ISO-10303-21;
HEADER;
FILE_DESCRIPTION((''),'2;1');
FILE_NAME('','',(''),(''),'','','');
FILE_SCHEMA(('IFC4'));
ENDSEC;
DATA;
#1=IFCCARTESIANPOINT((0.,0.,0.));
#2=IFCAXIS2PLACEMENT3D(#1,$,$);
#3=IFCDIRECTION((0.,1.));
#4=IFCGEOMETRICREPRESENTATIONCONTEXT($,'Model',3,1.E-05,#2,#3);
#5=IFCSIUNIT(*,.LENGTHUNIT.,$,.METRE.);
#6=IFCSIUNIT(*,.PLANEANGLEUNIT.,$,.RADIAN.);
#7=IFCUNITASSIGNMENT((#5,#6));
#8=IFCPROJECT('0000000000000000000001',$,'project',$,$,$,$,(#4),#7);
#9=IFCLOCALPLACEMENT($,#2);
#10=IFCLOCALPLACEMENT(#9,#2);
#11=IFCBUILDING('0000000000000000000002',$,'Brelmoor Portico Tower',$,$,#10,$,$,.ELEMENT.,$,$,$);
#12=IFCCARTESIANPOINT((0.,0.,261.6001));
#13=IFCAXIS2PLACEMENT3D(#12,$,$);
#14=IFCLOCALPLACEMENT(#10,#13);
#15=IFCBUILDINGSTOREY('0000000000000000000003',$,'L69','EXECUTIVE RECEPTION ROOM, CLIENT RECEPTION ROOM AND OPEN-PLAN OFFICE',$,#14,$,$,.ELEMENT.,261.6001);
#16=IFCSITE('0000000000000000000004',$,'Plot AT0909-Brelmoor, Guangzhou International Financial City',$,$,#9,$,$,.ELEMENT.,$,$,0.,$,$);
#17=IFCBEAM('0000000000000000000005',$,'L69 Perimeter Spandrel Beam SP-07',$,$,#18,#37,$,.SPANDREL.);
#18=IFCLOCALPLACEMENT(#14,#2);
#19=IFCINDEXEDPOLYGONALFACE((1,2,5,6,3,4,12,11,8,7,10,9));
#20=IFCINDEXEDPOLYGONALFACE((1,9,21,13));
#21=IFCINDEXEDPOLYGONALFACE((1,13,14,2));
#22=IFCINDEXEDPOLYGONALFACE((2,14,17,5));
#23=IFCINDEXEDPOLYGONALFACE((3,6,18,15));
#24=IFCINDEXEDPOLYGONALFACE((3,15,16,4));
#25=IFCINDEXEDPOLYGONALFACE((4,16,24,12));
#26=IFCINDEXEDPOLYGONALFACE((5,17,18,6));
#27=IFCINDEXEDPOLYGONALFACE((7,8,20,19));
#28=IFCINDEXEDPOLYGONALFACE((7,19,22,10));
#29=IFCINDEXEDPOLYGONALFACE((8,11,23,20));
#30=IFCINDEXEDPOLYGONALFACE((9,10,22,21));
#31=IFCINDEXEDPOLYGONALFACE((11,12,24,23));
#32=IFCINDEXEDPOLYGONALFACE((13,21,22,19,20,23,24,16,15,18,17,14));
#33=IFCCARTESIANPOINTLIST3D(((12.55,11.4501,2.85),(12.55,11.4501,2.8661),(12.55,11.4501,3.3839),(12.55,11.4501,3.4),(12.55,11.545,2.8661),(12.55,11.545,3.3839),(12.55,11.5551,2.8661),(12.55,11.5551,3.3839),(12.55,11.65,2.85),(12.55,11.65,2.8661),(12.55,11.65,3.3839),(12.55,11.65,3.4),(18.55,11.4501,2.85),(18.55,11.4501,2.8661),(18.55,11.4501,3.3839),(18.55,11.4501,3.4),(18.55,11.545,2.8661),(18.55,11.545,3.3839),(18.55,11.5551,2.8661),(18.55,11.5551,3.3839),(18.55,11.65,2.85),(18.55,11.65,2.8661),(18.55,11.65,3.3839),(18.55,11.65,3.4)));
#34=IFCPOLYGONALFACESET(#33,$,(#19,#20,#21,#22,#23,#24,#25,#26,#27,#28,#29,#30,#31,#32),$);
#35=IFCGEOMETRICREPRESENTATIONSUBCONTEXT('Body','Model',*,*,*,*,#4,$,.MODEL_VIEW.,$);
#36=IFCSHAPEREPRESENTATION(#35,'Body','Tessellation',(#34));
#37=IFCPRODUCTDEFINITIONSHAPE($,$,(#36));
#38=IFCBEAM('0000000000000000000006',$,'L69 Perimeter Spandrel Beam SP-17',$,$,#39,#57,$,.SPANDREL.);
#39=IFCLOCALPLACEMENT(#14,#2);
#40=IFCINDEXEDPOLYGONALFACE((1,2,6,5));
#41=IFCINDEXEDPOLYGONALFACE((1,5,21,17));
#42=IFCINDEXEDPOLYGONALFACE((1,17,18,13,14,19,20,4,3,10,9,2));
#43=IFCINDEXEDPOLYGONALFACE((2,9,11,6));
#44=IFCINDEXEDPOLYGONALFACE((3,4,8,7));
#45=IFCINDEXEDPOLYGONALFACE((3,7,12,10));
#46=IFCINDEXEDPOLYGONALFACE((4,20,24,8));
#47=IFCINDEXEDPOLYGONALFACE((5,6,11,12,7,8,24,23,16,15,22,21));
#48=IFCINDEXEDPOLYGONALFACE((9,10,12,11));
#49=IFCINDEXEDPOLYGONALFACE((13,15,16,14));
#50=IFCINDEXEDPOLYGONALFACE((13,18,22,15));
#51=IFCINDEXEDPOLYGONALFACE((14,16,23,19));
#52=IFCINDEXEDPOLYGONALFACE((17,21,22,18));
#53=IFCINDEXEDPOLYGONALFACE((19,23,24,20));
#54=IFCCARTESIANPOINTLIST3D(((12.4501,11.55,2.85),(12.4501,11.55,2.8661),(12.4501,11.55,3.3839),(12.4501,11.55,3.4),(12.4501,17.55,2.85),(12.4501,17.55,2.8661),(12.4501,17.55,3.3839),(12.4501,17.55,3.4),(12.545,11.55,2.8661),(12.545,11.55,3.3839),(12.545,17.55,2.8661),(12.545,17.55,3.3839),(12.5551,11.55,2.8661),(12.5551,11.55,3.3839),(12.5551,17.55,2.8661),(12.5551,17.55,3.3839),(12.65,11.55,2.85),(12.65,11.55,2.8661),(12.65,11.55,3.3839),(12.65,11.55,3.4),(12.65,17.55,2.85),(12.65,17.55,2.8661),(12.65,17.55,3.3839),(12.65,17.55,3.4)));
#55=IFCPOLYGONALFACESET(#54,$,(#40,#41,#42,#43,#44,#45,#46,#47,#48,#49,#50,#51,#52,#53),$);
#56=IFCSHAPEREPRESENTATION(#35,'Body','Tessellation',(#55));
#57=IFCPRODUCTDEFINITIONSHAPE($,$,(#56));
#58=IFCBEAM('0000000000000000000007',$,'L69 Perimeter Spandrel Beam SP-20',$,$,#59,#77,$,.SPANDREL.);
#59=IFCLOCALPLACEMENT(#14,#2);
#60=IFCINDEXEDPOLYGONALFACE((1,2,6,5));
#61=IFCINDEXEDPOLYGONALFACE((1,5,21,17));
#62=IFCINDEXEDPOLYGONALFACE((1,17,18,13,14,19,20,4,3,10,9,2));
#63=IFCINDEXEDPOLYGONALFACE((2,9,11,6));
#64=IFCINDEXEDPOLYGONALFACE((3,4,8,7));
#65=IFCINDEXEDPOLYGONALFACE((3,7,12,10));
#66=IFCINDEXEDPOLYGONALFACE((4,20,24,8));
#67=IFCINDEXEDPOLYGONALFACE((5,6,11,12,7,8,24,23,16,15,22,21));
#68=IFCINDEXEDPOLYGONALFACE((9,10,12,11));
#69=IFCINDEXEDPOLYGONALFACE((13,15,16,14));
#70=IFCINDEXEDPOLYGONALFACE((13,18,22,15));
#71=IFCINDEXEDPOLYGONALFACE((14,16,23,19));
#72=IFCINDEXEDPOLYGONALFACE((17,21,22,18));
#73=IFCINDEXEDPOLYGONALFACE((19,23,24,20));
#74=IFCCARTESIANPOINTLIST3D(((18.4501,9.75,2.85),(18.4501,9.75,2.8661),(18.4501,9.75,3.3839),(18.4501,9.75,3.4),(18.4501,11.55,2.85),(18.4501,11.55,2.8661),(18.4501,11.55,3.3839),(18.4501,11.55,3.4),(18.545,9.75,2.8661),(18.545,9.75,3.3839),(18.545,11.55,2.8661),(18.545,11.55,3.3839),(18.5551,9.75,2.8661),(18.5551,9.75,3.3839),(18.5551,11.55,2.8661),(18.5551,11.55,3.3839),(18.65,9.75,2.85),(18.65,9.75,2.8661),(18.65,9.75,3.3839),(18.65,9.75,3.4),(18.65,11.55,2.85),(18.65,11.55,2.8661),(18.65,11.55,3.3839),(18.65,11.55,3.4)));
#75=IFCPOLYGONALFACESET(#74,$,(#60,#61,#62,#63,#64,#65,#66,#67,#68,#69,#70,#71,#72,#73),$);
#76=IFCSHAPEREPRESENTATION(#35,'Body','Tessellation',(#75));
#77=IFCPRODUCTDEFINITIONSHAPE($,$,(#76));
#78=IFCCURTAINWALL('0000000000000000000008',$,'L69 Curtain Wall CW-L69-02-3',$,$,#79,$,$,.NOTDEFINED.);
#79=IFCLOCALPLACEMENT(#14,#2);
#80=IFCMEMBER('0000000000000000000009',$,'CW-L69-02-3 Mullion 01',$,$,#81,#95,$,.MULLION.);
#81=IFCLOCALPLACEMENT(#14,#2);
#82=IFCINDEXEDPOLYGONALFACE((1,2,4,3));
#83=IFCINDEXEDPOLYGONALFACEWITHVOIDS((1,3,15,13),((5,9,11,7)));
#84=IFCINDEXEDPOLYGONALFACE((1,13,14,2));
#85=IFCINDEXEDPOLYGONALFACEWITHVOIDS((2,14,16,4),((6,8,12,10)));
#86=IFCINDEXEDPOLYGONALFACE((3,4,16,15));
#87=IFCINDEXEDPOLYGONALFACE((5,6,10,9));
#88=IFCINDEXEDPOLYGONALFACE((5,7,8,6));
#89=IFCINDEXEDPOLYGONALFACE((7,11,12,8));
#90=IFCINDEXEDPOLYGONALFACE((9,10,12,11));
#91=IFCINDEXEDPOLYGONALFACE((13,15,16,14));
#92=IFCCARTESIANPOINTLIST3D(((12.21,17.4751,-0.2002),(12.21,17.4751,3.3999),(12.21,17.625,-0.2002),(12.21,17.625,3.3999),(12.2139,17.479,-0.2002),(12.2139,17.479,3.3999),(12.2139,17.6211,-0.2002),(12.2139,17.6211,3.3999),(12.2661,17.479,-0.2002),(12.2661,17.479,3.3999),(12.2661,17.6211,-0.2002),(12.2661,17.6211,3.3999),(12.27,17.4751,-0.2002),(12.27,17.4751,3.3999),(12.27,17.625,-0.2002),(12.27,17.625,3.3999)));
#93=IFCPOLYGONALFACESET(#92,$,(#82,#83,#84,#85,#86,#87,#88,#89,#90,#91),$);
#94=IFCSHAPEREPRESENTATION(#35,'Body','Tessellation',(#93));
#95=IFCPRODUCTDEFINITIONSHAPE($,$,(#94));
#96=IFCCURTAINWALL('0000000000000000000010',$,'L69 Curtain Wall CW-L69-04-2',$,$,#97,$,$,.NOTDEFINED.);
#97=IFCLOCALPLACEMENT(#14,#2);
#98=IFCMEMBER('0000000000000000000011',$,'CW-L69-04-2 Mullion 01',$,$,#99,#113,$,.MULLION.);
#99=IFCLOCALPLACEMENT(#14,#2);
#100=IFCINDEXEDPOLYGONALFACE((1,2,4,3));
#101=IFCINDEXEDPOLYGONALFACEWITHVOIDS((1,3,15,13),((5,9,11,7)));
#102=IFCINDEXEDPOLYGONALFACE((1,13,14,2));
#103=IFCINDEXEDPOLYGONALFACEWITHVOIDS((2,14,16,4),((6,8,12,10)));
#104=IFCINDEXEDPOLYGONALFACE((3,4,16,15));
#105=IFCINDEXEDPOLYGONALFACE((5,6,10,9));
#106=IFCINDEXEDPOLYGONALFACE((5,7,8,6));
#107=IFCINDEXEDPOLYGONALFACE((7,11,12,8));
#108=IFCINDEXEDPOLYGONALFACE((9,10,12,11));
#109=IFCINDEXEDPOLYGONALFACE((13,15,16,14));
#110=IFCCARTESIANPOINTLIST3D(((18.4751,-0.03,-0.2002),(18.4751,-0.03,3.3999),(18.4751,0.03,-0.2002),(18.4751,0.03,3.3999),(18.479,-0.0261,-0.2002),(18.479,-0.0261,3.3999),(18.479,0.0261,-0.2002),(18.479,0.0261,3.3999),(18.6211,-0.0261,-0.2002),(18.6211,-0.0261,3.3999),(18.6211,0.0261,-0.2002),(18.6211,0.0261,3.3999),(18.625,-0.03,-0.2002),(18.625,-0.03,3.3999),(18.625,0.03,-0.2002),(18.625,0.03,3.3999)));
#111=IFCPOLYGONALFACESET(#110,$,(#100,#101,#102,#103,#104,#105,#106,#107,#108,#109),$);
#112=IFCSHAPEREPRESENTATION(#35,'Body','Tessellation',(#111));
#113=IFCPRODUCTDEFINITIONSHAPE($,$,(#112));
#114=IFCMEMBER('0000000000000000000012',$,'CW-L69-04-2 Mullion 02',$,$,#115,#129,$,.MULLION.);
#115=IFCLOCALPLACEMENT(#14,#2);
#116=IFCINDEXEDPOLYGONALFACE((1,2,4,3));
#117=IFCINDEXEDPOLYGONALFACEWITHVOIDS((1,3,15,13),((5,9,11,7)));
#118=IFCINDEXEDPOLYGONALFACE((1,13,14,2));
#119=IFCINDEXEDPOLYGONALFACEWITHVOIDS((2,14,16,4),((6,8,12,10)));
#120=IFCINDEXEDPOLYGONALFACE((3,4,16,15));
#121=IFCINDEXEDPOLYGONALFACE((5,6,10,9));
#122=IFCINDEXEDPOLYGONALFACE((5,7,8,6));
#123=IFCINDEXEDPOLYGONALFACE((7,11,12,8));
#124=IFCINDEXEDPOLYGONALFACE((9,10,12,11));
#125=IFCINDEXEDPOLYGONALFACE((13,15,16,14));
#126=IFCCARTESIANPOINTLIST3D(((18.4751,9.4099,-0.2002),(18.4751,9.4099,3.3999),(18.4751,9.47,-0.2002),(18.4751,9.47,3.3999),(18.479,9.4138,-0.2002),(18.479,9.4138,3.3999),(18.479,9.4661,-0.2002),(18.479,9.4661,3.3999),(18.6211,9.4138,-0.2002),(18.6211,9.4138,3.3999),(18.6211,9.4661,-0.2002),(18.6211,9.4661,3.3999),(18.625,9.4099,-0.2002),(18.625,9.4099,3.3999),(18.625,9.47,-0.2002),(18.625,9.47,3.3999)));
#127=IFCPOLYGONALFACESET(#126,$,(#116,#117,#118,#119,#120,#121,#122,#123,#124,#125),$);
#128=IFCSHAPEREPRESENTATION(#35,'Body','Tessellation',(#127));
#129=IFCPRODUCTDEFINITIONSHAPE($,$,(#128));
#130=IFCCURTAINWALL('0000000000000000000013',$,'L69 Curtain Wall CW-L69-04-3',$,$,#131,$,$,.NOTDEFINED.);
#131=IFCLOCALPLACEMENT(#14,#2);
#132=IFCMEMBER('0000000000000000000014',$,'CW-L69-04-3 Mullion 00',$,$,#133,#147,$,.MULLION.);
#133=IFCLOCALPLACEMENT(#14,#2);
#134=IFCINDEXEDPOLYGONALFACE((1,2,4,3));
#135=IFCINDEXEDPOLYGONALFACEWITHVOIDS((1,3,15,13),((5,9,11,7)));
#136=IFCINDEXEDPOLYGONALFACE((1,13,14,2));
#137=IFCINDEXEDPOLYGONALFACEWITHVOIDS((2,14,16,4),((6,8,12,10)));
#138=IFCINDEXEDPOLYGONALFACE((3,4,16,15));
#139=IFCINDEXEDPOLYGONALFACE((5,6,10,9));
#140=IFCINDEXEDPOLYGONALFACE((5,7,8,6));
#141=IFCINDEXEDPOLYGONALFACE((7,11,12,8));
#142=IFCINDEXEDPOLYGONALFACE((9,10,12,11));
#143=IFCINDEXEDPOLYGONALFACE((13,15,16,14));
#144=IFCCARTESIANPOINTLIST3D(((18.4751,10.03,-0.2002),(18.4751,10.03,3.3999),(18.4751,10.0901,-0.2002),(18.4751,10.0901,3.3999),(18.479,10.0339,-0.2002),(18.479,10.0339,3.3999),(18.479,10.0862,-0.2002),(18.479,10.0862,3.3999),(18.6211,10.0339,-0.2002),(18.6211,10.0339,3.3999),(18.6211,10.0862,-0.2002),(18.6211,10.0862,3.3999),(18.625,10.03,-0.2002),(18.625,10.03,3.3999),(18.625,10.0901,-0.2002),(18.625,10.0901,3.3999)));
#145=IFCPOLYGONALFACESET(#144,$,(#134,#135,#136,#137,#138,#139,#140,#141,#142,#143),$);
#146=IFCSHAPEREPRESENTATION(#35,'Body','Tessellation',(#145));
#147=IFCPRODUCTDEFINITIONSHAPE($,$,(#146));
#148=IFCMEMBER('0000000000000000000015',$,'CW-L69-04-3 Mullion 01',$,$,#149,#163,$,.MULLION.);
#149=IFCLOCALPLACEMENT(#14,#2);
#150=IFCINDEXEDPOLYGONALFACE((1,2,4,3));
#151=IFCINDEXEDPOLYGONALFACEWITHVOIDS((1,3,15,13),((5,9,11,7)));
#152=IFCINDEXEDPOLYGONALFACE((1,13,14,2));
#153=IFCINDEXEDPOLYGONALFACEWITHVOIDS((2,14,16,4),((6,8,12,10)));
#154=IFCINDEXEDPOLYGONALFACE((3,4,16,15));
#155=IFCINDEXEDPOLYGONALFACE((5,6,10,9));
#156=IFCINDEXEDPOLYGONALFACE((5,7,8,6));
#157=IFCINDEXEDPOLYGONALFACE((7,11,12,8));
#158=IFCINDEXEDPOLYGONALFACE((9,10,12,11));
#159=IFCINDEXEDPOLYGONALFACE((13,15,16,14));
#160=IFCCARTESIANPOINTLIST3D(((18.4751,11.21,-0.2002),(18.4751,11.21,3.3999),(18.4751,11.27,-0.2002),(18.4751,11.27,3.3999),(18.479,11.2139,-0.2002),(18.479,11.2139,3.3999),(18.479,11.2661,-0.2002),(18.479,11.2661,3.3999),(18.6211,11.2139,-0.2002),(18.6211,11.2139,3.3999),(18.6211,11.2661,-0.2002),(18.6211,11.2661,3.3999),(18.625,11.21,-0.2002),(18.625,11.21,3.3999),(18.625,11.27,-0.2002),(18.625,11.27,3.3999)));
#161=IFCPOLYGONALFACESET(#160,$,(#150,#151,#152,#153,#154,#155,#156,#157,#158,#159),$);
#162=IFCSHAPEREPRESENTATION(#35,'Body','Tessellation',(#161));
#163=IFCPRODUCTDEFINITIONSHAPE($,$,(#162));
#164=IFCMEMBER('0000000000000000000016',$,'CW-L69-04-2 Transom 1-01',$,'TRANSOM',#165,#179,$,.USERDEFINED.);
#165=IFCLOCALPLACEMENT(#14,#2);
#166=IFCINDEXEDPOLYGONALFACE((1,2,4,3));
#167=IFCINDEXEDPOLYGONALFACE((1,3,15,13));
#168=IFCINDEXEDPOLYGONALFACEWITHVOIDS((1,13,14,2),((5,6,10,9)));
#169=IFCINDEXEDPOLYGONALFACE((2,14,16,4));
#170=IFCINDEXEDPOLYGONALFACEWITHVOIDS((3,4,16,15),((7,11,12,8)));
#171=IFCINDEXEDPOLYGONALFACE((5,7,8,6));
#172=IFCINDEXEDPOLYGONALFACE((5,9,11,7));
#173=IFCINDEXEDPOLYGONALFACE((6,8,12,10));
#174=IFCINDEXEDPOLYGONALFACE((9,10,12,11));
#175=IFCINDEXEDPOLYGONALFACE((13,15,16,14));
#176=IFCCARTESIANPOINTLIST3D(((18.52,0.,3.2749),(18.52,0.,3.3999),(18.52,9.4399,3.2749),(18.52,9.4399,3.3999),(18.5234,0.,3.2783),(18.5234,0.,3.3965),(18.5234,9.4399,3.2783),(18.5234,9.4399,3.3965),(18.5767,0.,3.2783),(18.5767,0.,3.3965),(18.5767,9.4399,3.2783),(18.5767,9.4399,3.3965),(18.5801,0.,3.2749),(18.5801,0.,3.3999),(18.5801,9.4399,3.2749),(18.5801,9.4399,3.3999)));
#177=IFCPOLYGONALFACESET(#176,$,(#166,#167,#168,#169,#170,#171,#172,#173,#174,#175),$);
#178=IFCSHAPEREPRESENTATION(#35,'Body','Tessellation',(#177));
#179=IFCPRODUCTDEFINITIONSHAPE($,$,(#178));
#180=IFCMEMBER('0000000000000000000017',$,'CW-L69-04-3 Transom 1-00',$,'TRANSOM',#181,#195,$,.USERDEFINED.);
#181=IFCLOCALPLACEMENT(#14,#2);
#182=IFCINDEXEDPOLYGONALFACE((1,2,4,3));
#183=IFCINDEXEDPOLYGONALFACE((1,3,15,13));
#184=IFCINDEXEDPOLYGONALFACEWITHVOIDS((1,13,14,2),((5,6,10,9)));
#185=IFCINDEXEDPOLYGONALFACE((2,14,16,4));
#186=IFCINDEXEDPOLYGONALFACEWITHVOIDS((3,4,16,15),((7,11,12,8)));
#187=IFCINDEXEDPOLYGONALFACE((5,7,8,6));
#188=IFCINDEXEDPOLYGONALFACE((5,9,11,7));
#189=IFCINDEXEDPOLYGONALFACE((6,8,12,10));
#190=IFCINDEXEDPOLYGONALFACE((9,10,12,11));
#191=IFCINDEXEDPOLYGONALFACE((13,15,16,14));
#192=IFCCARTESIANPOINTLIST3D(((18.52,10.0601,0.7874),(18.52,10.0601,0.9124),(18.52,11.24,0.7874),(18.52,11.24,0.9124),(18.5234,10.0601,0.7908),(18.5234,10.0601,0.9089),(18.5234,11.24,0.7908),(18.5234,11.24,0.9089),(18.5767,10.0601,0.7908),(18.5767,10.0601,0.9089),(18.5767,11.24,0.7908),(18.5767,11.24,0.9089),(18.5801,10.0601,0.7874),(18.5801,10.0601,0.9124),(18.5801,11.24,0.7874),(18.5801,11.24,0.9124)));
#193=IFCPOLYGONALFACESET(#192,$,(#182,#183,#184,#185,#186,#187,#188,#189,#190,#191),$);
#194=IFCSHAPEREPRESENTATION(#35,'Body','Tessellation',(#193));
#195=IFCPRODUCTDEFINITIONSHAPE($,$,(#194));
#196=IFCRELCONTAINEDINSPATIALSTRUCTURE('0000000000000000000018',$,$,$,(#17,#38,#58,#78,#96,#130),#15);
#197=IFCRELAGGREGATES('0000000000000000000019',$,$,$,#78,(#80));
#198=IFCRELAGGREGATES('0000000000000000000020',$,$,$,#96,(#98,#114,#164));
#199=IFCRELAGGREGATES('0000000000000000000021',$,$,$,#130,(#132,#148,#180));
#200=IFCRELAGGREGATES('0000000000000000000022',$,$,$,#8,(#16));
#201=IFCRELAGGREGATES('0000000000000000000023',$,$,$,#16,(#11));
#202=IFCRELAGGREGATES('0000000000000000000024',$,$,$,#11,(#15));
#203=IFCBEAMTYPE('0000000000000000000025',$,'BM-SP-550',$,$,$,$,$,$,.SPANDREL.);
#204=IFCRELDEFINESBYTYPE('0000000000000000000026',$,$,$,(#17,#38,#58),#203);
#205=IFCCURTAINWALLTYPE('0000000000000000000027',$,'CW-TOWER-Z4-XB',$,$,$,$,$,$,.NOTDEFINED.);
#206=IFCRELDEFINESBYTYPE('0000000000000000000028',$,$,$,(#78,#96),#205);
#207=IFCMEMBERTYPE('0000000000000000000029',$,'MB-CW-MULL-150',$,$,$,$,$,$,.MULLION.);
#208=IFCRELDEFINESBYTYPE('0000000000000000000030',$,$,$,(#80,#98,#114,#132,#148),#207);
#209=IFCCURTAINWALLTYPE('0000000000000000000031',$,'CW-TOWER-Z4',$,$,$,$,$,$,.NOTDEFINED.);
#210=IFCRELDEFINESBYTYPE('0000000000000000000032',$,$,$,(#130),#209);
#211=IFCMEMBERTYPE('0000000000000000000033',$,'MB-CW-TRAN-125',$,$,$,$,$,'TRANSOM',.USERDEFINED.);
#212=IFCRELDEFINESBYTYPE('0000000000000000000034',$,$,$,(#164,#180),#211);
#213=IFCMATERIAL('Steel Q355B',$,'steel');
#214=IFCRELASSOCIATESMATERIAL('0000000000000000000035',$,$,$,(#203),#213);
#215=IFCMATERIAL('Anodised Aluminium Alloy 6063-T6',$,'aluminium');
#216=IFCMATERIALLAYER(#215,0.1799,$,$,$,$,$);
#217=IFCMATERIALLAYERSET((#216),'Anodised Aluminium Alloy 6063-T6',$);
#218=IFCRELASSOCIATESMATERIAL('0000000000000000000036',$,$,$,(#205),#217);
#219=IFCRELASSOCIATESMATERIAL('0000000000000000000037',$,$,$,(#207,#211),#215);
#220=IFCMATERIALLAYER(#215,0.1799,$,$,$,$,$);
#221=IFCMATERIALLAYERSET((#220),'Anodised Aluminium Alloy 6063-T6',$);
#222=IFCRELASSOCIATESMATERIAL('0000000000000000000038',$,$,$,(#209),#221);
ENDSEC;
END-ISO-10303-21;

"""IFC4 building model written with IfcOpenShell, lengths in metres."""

from ifc_helpers import new_model, si_unit, direction, frame, origin, origin_2d, place, context, subcontext, project, spatial, hollow_rectangle, i_section, extrude, material, layer, layer_set, material_profile, profile_set, type_object, element, aggregate, save


model = new_model("IFC4")

# Units and contexts
model_context = context("Model", 3, precision=1e-05, world=origin(), true_north=direction((0.0, 1.0)))
body_context = subcontext(model_context, "Body", "Model", "MODEL_VIEW")
ifc_project = project(units=[si_unit("LENGTHUNIT", "METRE"), si_unit("PLANEANGLEUNIT", "RADIAN")], contexts=[model_context])

# Site, building, storey
site_placement = place(None, origin())
site = spatial("IfcSite", under=ifc_project, at=site_placement, Name="Plot AT0909-Brelmoor, Guangzhou International Financial City", CompositionType="ELEMENT", RefElevation=0.0)
building_placement = place(site_placement, origin())
building = spatial("IfcBuilding", under=site, at=building_placement, Name="Brelmoor Portico Tower", CompositionType="ELEMENT")
storey_placement = place(building_placement, frame((0.0, 0.0, 261.6001)))
storey = spatial("IfcBuildingStorey", under=building, at=storey_placement, Name="L69", Description="EXECUTIVE RECEPTION ROOM, CLIENT RECEPTION ROOM AND OPEN-PLAN OFFICE", CompositionType="ELEMENT", Elevation=261.6001)

# Shared definitions
ifc_material_1 = material(Name="Steel Q355B", Category="steel")

# Beams
ifc_material_profile_1 = material_profile(ifc_material_1, i_section(OverallWidth=0.2, OverallDepth=0.55, WebThickness=0.01, FlangeThickness=0.0161, at=origin_2d()), Name="HN 550x200x10x16")
ifc_profile_set_1 = profile_set([ifc_material_profile_1], Name="Steel Q355B")
beam_type_1 = type_object("IfcBeamType", Name="BM-SP-550", PredefinedType="SPANDREL", material=ifc_profile_set_1)
for number, where, z_axis, x_axis, name in (
    (1, (12.55, 11.55, 3.125), (1.0, 0.0, 0.0), (0.0, 1.0, 0.0), "L69 Perimeter Spandrel Beam SP-07"),
    (2, (12.55, 11.55, 3.125), (0.0, 1.0, 0.0), (-1.0, 0.0, 0.0), "L69 Perimeter Spandrel Beam SP-17"),
):
    element("IfcBeam", number, at=place(storey_placement, frame(where, z_axis=z_axis, x_axis=x_axis)), inside=storey, type_object=beam_type_1, Name=name, PredefinedType="SPANDREL", context=body_context, shape_type="SweptSolid", body=[
        extrude(i_section(OverallWidth=0.2, OverallDepth=0.55, WebThickness=0.01, FlangeThickness=0.0161, at=origin_2d()), origin(), (0.0, 0.0, 1.0), 6.0),
    ])
beam_1_placement = place(storey_placement, frame((18.55, 9.75, 3.125), z_axis=(0.0, 1.0, 0.0), x_axis=(-1.0, 0.0, 0.0)))
element("IfcBeam", 3, at=beam_1_placement, inside=storey, type_object=beam_type_1, Name="L69 Perimeter Spandrel Beam SP-20", PredefinedType="SPANDREL", context=body_context, shape_type="SweptSolid", body=[
    extrude(i_section(OverallWidth=0.2, OverallDepth=0.55, WebThickness=0.01, FlangeThickness=0.0161, at=origin_2d()), origin(), (0.0, 0.0, 1.0), 1.8),
])

# Curtain wall, member
ifc_material_2 = material(Name="Anodised Aluminium Alloy 6063-T6", Category="aluminium")
ifc_layer_1 = layer(ifc_material_2, 0.1799)
ifc_layer_set_1 = layer_set([ifc_layer_1], Name="Anodised Aluminium Alloy 6063-T6")
curtain_wall_type_1 = type_object("IfcCurtainWallType", Name="CW-TOWER-Z4-XB", PredefinedType="NOTDEFINED", material=ifc_layer_set_1)
curtain_wall_1_placement = place(storey_placement, origin())
curtain_wall_1 = element("IfcCurtainWall", 4, at=curtain_wall_1_placement, inside=storey, type_object=curtain_wall_type_1, Name="L69 Curtain Wall CW-L69-02-3", PredefinedType="NOTDEFINED")
ifc_material_profile_2 = material_profile(ifc_material_2, hollow_rectangle(XDim=0.0601, YDim=0.1499, WallThickness=0.0039, at=origin_2d()), Name="ALU MULLION 60x150")
ifc_profile_set_2 = profile_set([ifc_material_profile_2], Name="Anodised Aluminium Alloy 6063-T6")
member_type_1 = type_object("IfcMemberType", Name="MB-CW-MULL-150", PredefinedType="MULLION", material=ifc_profile_set_2)
member_1_placement = place(storey_placement, frame((12.24, 17.55, -0.2002), z_axis=(0.0, 0.0, 1.0), x_axis=(1.0, 0.0, 0.0)))
member_1 = element("IfcMember", 5, at=member_1_placement, type_object=member_type_1, Name="CW-L69-02-3 Mullion 01", PredefinedType="MULLION", context=body_context, shape_type="SweptSolid", body=[
    extrude(hollow_rectangle(XDim=0.0601, YDim=0.1499, WallThickness=0.0039, at=origin_2d()), origin(), (0.0, 0.0, 1.0), 3.6001),
])
aggregate(curtain_wall_1, [member_1])

# Curtain walls, members
curtain_wall_2_placement = place(storey_placement, origin())
curtain_wall_2 = element("IfcCurtainWall", 6, at=curtain_wall_2_placement, inside=storey, type_object=curtain_wall_type_1, Name="L69 Curtain Wall CW-L69-04-2", PredefinedType="NOTDEFINED")
member_2_placement = place(storey_placement, frame((18.55, 0.0, -0.2002), z_axis=(0.0, 0.0, 1.0), x_axis=(0.0, 1.0, 0.0)))
member_2 = element("IfcMember", 7, at=member_2_placement, type_object=member_type_1, Name="CW-L69-04-2 Mullion 01", PredefinedType="MULLION", context=body_context, shape_type="SweptSolid", body=[
    extrude(hollow_rectangle(XDim=0.0601, YDim=0.1499, WallThickness=0.0039, at=origin_2d()), origin(), (0.0, 0.0, 1.0), 3.6001),
])
member_3_placement = place(storey_placement, frame((18.55, 9.4399, -0.2002), z_axis=(0.0, 0.0, 1.0), x_axis=(0.0, 1.0, 0.0)))
member_3 = element("IfcMember", 8, at=member_3_placement, type_object=member_type_1, Name="CW-L69-04-2 Mullion 02", PredefinedType="MULLION", context=body_context, shape_type="SweptSolid", body=[
    extrude(hollow_rectangle(XDim=0.0601, YDim=0.1499, WallThickness=0.0039, at=origin_2d()), origin(), (0.0, 0.0, 1.0), 3.6001),
])
ifc_layer_2 = layer(ifc_material_2, 0.1799)
ifc_layer_set_2 = layer_set([ifc_layer_2], Name="Anodised Aluminium Alloy 6063-T6")
curtain_wall_type_2 = type_object("IfcCurtainWallType", Name="CW-TOWER-Z4", PredefinedType="NOTDEFINED", material=ifc_layer_set_2)
curtain_wall_3_placement = place(storey_placement, origin())
curtain_wall_3 = element("IfcCurtainWall", 9, at=curtain_wall_3_placement, inside=storey, type_object=curtain_wall_type_2, Name="L69 Curtain Wall CW-L69-04-3", PredefinedType="NOTDEFINED")
member_4_placement = place(storey_placement, frame((18.55, 10.0601, -0.2002), z_axis=(0.0, 0.0, 1.0), x_axis=(0.0, 1.0, 0.0)))
member_4 = element("IfcMember", 10, at=member_4_placement, type_object=member_type_1, Name="CW-L69-04-3 Mullion 00", PredefinedType="MULLION", context=body_context, shape_type="SweptSolid", body=[
    extrude(hollow_rectangle(XDim=0.0601, YDim=0.1499, WallThickness=0.0039, at=origin_2d()), origin(), (0.0, 0.0, 1.0), 3.6001),
])
member_5_placement = place(storey_placement, frame((18.55, 11.24, -0.2002), z_axis=(0.0, 0.0, 1.0), x_axis=(0.0, 1.0, 0.0)))
member_5 = element("IfcMember", 11, at=member_5_placement, type_object=member_type_1, Name="CW-L69-04-3 Mullion 01", PredefinedType="MULLION", context=body_context, shape_type="SweptSolid", body=[
    extrude(hollow_rectangle(XDim=0.0601, YDim=0.1499, WallThickness=0.0039, at=origin_2d()), origin(), (0.0, 0.0, 1.0), 3.6001),
])

# Members
ifc_material_profile_3 = material_profile(ifc_material_2, hollow_rectangle(XDim=0.0601, YDim=0.125, WallThickness=0.0034, at=origin_2d()), Name="ALU TRANSOM 60x125")
ifc_profile_set_3 = profile_set([ifc_material_profile_3], Name="Anodised Aluminium Alloy 6063-T6")
member_type_2 = type_object("IfcMemberType", Name="MB-CW-TRAN-125", ElementType="TRANSOM", PredefinedType="USERDEFINED", material=ifc_profile_set_3)
member_6_placement = place(storey_placement, frame((18.55, 0.0, 3.3374), z_axis=(0.0, 1.0, 0.0), x_axis=(-1.0, 0.0, 0.0)))
member_6 = element("IfcMember", 12, at=member_6_placement, type_object=member_type_2, Name="CW-L69-04-2 Transom 1-01", ObjectType="TRANSOM", PredefinedType="USERDEFINED", context=body_context, shape_type="SweptSolid", body=[
    extrude(hollow_rectangle(XDim=0.0601, YDim=0.125, WallThickness=0.0034, at=origin_2d()), origin(), (0.0, 0.0, 1.0), 9.4399),
])
member_7_placement = place(storey_placement, frame((18.55, 10.0601, 0.8499), z_axis=(0.0, 1.0, 0.0), x_axis=(-1.0, 0.0, 0.0)))
member_7 = element("IfcMember", 13, at=member_7_placement, type_object=member_type_2, Name="CW-L69-04-3 Transom 1-00", ObjectType="TRANSOM", PredefinedType="USERDEFINED", context=body_context, shape_type="SweptSolid", body=[
    extrude(hollow_rectangle(XDim=0.0601, YDim=0.125, WallThickness=0.0034, at=origin_2d()), origin(), (0.0, 0.0, 1.0), 1.1799),
])

aggregate(curtain_wall_2, [member_2, member_3, member_6])
aggregate(curtain_wall_3, [member_4, member_5, member_7])

save(model, "model.ifc")
